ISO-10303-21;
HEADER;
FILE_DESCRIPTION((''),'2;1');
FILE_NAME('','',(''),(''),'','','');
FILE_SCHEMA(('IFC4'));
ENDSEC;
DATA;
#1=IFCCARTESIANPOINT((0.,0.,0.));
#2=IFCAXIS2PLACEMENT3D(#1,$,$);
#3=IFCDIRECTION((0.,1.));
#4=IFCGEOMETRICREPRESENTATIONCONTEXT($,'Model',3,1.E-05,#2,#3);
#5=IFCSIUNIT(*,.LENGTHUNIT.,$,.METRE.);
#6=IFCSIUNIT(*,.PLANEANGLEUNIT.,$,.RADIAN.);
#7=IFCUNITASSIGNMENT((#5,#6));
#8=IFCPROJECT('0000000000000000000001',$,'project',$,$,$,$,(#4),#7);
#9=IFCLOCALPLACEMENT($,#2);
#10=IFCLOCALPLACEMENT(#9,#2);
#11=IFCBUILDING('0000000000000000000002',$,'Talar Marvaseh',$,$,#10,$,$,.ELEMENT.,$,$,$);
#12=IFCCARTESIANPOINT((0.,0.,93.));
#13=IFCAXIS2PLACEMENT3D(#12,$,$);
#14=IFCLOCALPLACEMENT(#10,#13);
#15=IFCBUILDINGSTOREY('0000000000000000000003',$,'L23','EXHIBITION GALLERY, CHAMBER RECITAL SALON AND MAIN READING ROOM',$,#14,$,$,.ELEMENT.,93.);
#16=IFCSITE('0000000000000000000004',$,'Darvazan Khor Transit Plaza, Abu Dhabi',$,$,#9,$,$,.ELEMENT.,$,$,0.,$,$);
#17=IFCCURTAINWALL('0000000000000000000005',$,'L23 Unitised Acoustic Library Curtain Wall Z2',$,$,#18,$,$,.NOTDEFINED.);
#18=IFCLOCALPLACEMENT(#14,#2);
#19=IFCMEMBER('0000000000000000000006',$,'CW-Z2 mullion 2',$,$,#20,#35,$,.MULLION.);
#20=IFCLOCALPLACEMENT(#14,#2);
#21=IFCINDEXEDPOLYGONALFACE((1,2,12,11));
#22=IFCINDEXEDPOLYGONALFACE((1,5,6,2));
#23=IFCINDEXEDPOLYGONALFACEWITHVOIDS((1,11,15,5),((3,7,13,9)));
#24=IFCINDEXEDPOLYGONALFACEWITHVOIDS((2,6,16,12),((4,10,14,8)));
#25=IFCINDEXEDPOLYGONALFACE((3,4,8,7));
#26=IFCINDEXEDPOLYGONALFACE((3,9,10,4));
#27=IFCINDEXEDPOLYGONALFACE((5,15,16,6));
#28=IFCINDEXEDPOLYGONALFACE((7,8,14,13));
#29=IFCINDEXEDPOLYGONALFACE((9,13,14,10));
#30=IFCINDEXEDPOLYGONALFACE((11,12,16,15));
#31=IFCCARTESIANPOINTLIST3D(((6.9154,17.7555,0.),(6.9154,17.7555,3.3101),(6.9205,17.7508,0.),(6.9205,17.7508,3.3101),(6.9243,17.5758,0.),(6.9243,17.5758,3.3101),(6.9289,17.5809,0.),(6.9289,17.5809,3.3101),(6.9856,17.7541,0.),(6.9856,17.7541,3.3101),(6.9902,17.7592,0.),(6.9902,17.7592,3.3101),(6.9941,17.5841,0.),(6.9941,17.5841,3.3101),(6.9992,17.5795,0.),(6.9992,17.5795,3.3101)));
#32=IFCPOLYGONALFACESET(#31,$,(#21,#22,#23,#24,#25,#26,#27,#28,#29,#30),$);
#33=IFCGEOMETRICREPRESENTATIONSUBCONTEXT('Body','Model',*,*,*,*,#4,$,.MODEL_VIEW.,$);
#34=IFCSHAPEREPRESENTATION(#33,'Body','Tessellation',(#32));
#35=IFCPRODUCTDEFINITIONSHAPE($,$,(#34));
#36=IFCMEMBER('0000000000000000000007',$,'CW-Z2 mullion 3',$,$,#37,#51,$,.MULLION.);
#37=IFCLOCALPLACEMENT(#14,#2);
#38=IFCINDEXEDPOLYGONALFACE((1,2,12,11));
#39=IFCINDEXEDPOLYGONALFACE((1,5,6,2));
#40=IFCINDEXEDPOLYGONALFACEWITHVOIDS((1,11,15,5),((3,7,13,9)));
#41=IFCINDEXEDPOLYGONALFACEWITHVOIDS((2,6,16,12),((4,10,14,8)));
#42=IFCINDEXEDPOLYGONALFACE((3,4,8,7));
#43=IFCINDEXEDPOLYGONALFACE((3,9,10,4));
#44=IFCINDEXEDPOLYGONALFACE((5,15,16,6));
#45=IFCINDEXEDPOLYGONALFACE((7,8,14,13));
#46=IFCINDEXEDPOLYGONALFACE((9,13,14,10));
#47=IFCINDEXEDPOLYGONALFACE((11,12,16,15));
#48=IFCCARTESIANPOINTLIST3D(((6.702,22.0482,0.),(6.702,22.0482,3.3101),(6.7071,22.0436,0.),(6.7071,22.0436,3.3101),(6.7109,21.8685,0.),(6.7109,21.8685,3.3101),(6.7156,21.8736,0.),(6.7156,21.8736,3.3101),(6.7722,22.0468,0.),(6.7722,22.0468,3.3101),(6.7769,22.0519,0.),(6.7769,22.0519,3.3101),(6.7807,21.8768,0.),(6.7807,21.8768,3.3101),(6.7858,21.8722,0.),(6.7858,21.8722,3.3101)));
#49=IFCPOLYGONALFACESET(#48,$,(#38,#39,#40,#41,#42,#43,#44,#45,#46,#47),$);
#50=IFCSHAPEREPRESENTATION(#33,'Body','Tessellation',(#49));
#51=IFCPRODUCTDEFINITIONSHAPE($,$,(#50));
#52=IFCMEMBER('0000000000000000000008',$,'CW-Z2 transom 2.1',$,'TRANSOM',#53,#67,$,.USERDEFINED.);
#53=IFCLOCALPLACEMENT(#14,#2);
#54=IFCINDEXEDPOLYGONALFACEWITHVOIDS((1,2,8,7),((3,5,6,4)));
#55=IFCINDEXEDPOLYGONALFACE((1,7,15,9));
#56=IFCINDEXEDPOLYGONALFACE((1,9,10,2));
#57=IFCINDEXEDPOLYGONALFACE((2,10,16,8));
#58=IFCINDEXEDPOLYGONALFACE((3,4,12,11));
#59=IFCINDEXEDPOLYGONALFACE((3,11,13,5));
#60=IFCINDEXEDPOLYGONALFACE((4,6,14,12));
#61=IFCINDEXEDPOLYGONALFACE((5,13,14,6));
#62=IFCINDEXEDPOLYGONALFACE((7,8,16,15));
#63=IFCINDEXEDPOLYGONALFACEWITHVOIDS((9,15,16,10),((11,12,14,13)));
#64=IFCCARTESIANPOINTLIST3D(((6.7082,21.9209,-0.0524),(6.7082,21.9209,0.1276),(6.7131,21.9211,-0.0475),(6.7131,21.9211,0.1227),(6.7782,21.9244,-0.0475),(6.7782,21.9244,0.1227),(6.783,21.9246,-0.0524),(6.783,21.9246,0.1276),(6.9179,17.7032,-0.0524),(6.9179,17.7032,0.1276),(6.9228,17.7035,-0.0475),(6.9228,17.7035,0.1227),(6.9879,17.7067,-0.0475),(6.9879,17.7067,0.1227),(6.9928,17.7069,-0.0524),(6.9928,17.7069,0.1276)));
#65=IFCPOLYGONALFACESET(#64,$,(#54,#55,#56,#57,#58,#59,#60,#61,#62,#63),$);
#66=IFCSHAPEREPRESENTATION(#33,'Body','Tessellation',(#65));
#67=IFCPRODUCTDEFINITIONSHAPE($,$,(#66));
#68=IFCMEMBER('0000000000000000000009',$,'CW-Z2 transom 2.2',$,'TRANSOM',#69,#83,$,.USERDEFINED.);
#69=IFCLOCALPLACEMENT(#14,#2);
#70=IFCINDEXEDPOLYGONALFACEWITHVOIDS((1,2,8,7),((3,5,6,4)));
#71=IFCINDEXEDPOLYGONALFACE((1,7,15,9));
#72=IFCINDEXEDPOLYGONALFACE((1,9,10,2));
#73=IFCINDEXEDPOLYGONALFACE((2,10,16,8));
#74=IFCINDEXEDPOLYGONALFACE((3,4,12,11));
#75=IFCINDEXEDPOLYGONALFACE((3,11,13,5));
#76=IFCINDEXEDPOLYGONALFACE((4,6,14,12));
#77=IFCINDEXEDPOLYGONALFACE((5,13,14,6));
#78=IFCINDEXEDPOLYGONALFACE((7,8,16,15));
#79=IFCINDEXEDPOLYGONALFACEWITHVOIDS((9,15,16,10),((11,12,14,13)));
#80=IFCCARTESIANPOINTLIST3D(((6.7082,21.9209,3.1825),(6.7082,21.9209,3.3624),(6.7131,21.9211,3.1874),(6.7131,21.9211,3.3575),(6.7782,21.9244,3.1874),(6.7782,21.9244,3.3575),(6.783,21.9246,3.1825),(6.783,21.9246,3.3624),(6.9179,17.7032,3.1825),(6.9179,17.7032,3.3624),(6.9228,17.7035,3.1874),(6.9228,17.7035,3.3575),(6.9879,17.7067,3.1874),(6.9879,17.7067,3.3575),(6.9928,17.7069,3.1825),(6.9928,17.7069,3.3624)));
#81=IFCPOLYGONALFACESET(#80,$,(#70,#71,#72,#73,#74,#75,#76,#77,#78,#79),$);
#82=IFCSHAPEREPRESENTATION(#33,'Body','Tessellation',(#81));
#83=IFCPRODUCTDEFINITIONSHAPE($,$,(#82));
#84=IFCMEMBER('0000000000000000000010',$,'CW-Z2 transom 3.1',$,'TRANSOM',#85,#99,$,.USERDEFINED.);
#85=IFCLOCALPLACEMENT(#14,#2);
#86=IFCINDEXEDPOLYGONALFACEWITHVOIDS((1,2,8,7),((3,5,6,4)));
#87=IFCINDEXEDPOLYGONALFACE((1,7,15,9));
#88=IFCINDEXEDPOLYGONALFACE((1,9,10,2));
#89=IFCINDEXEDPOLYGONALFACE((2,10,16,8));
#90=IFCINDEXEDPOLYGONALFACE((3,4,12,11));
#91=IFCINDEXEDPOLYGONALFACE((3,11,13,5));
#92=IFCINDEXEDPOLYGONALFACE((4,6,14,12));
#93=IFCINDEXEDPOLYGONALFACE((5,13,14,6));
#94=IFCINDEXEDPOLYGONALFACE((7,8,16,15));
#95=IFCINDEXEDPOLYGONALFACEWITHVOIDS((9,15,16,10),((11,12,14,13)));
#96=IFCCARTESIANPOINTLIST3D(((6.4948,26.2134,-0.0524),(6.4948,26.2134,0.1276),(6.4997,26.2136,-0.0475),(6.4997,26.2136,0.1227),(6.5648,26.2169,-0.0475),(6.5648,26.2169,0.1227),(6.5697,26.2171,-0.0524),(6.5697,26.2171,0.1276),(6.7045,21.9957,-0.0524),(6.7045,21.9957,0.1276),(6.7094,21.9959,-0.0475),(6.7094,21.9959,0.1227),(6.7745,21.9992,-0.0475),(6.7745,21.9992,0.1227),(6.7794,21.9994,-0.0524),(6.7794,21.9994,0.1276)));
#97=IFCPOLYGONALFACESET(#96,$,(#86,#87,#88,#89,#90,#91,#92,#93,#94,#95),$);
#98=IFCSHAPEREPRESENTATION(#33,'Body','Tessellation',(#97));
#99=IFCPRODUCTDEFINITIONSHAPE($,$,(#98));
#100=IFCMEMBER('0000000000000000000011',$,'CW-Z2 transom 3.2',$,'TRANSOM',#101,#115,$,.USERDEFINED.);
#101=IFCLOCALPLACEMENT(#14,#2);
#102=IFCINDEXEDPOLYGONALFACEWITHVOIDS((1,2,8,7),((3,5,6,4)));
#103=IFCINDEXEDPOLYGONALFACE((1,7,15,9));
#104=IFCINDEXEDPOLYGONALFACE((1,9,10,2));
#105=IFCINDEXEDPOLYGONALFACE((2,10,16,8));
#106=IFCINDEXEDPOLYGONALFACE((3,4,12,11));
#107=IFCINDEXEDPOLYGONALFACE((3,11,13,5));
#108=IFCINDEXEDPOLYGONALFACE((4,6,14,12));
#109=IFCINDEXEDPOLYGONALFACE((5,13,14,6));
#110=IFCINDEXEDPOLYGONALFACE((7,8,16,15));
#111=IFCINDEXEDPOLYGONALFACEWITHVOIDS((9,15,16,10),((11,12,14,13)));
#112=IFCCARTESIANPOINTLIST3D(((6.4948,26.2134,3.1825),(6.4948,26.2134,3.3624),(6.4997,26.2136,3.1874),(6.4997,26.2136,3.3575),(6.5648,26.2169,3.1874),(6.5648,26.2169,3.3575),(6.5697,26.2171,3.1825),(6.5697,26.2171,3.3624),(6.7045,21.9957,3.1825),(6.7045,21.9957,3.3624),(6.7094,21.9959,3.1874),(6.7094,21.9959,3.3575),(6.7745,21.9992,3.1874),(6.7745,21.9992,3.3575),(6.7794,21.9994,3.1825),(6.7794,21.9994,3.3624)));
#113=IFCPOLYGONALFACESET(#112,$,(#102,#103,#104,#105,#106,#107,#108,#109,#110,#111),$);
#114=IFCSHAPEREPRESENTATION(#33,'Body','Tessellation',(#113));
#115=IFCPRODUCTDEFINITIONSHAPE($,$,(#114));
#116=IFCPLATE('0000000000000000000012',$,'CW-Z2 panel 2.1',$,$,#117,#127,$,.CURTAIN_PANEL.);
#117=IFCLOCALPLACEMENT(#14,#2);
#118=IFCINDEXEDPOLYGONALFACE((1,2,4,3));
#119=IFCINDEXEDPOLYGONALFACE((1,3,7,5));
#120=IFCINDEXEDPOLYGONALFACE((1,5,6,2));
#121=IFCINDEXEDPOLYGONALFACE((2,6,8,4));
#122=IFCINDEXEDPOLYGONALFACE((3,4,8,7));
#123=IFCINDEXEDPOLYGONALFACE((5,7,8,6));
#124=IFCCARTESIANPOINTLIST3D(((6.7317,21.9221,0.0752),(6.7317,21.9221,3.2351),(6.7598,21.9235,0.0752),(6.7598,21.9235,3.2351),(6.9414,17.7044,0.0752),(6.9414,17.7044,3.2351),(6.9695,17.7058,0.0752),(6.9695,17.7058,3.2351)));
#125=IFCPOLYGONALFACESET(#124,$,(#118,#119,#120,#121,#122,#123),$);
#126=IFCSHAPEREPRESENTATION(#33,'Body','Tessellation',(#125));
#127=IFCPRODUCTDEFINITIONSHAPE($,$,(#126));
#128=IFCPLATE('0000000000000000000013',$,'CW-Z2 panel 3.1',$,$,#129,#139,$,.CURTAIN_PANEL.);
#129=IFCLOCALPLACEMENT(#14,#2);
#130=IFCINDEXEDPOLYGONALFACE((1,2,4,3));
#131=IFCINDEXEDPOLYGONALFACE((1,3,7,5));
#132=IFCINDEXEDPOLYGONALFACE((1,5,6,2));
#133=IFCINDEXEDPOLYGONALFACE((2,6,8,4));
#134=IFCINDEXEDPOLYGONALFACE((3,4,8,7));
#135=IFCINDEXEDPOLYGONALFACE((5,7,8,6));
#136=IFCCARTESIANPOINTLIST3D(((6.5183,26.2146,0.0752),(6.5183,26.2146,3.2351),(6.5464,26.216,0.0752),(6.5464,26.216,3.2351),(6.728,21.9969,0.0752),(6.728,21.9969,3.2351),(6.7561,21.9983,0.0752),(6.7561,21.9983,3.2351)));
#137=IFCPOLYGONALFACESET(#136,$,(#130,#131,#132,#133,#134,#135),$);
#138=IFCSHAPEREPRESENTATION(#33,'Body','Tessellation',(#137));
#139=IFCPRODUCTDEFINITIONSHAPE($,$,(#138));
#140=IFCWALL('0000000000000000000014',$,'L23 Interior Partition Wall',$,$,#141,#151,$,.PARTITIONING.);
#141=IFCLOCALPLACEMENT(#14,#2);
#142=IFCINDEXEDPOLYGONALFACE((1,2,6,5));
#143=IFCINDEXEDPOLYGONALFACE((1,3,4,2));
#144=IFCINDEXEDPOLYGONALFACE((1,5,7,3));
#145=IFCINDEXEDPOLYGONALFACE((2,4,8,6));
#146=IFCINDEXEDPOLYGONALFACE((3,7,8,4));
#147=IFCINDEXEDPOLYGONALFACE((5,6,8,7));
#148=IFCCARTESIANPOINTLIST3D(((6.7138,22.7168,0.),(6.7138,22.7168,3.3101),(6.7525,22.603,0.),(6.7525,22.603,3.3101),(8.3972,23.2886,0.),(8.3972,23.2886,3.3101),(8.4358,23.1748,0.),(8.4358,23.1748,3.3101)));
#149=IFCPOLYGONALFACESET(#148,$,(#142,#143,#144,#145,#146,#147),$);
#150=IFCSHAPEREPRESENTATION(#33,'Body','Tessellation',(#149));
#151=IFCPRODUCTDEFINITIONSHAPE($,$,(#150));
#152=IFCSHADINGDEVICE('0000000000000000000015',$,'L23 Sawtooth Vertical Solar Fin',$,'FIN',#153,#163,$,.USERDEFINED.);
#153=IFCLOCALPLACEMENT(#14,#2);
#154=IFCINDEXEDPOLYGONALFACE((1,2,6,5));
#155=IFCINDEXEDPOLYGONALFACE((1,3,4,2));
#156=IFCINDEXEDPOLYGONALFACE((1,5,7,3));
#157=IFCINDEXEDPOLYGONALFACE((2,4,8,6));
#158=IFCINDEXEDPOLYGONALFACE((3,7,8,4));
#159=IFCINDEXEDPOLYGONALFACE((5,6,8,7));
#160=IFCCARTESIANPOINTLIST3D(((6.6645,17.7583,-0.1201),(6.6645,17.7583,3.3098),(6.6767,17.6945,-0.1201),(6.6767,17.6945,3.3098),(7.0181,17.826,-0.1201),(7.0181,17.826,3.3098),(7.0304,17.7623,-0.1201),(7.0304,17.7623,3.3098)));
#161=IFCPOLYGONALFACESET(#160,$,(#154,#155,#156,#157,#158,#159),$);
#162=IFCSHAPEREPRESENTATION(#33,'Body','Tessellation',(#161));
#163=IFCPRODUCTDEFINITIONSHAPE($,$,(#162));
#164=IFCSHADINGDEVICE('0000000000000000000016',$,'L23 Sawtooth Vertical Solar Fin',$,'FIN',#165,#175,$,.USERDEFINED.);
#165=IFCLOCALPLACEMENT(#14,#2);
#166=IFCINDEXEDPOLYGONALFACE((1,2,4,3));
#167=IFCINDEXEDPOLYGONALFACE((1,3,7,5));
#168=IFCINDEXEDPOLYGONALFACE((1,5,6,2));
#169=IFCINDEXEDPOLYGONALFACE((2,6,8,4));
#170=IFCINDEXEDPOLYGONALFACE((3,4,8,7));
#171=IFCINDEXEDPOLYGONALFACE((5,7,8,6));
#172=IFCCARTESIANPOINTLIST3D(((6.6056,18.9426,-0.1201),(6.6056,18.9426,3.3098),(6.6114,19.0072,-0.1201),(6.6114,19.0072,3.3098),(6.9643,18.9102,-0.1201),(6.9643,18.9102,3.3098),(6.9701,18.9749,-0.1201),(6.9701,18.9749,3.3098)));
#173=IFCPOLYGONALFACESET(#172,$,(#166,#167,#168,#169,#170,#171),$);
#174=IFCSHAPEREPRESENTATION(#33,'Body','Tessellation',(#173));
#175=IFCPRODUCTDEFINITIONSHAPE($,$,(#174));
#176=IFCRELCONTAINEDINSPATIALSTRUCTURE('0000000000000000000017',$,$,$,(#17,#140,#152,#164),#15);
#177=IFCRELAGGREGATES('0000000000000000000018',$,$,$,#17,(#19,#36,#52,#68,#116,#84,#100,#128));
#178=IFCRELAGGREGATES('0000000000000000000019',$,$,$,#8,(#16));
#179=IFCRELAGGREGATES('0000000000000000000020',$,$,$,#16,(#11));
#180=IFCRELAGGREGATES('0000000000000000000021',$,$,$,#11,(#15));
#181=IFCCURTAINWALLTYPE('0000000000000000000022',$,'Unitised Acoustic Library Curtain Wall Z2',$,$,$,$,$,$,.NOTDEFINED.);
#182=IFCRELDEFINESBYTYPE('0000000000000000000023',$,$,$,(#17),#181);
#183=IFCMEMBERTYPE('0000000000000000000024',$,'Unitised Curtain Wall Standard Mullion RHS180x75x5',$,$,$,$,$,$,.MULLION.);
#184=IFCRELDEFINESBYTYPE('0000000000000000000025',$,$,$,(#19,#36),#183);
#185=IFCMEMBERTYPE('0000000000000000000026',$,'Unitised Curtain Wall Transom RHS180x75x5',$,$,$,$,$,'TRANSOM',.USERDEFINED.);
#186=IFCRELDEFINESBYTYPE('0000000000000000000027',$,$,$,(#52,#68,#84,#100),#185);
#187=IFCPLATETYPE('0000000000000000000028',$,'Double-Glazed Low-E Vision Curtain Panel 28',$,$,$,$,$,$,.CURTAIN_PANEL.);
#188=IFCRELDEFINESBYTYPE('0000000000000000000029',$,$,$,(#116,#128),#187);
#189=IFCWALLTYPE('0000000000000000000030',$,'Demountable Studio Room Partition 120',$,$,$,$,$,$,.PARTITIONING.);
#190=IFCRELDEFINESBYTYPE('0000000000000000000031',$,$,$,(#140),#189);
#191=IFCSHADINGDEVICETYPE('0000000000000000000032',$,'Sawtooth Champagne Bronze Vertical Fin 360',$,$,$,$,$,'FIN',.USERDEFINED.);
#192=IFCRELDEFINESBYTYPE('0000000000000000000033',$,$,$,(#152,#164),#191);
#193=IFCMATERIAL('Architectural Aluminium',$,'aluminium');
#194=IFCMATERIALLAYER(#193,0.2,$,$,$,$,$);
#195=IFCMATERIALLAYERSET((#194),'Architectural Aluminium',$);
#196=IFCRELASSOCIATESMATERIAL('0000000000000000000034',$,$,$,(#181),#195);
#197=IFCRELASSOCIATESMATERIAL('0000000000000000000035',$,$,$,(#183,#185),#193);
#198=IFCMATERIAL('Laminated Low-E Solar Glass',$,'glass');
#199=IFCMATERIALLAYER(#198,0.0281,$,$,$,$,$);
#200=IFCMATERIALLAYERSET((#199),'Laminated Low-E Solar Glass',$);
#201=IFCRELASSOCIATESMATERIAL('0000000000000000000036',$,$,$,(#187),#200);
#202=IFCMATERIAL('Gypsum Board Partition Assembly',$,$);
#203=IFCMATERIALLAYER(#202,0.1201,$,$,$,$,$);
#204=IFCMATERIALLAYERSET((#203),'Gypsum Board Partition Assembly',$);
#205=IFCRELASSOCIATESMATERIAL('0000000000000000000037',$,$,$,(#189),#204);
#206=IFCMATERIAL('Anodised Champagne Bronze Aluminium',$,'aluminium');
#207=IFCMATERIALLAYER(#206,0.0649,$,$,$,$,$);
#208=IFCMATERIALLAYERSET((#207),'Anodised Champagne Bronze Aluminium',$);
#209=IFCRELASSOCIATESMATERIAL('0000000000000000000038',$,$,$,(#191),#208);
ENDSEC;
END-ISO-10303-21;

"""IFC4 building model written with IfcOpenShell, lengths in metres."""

from ifc_helpers import new_model, si_unit, direction, frame, frame_2d, origin, origin_2d, place, context, subcontext, project, spatial, rectangle, hollow_rectangle, extrude, source, transform, mapped, material, layer, layer_set, material_profile, profile_set, type_object, type_shapes, element, aggregate, save


model = new_model("IFC4")

# Units and contexts
model_context = context("Model", 3, precision=1e-05, world=origin(), true_north=direction((0.0, 1.0)))
body_context = subcontext(model_context, "Body", "Model", "MODEL_VIEW")
ifc_project = project(units=[si_unit("LENGTHUNIT", "METRE"), si_unit("PLANEANGLEUNIT", "RADIAN")], contexts=[model_context])

# Site, building, storey
site_placement = place(None, origin())
site = spatial("IfcSite", under=ifc_project, at=site_placement, Name="Darvazan Khor Transit Plaza, Abu Dhabi", CompositionType="ELEMENT", RefElevation=0.0)
building_placement = place(site_placement, origin())
building = spatial("IfcBuilding", under=site, at=building_placement, Name="Talar Marvaseh", CompositionType="ELEMENT")
storey_placement = place(building_placement, frame((0.0, 0.0, 93.0)))
storey = spatial("IfcBuildingStorey", under=building, at=storey_placement, Name="L23", Description="EXHIBITION GALLERY, CHAMBER RECITAL SALON AND MAIN READING ROOM", CompositionType="ELEMENT", Elevation=93.0)

# Curtain wall, members, plates
ifc_material_1 = material(Name="Architectural Aluminium", Category="aluminium")
ifc_layer_1 = layer(ifc_material_1, 0.2)
ifc_layer_set_1 = layer_set([ifc_layer_1], Name="Architectural Aluminium")
curtain_wall_type = type_object("IfcCurtainWallType", Name="Unitised Acoustic Library Curtain Wall Z2", PredefinedType="NOTDEFINED", material=ifc_layer_set_1)
curtain_wall_placement = place(storey_placement, origin())
curtain_wall = element("IfcCurtainWall", 1, at=curtain_wall_placement, inside=storey, type_object=curtain_wall_type, Name="L23 Unitised Acoustic Library Curtain Wall Z2", PredefinedType="NOTDEFINED")
ifc_material_profile_1 = material_profile(ifc_material_1, hollow_rectangle(XDim=0.075, YDim=0.1799, WallThickness=0.0049, at=origin_2d()), Name="RHS180x75x5")
ifc_profile_set_1 = profile_set([ifc_material_profile_1], Name="Architectural Aluminium")
member_type_1 = type_object("IfcMemberType", Name="Unitised Curtain Wall Standard Mullion RHS180x75x5", PredefinedType="MULLION", material=ifc_profile_set_1)
shared_shape_1 = source(origin(), body_context, "Body", "SweptSolid", [
    extrude(hollow_rectangle(XDim=0.075, YDim=0.1799, WallThickness=0.0049, at=origin_2d()), origin(), (0.0, 0.0, 1.0), 3.3101),
])
type_shapes(member_type_1, [shared_shape_1])
member_1_placement = place(storey_placement, frame((6.9573, 17.6675, 0.0), z_axis=(0.0, 0.0, 1.0), x_axis=(-0.998766, -0.049658, 0.0)))
member_1 = element("IfcMember", 2, at=member_1_placement, type_object=member_type_1, Name="CW-Z2 mullion 2", PredefinedType="MULLION", context=body_context, shape_type="MappedRepresentation", body=[
    mapped(shared_shape_1, transform((0.0, 0.0, 0.0), x_axis=(1.0, 0.0, 0.0), y_axis=(0.0, 1.0, 0.0), z_axis=(0.0, 0.0, 1.0), scale=1.0)),
])
member_2_placement = place(storey_placement, frame((6.7439, 21.9602, 0.0), z_axis=(0.0, 0.0, 1.0), x_axis=(-0.998766, -0.049658, 0.0)))
member_2 = element("IfcMember", 3, at=member_2_placement, type_object=member_type_1, Name="CW-Z2 mullion 3", PredefinedType="MULLION", context=body_context, shape_type="MappedRepresentation", body=[
    mapped(shared_shape_1, transform((0.0, 0.0, 0.0), x_axis=(1.0, 0.0, 0.0), y_axis=(0.0, 1.0, 0.0), z_axis=(0.0, 0.0, 1.0), scale=1.0)),
])
ifc_material_profile_2 = material_profile(ifc_material_1, hollow_rectangle(XDim=0.075, YDim=0.1799, WallThickness=0.0049, at=origin_2d()), Name="RHS180x75x5")
ifc_profile_set_2 = profile_set([ifc_material_profile_2], Name="Architectural Aluminium")
member_type_2 = type_object("IfcMemberType", Name="Unitised Curtain Wall Transom RHS180x75x5", ElementType="TRANSOM", PredefinedType="USERDEFINED", material=ifc_profile_set_2)
shared_shape_2 = source(origin(), body_context, "Body", "SweptSolid", [
    extrude(hollow_rectangle(XDim=0.075, YDim=0.1799, WallThickness=0.0049, at=origin_2d()), origin(), (0.0, 0.0, 1.0), 4.2229),
])
type_shapes(member_type_2, [shared_shape_2])
member_3_placement = place(storey_placement, frame((6.9553, 17.7051, 0.0376), z_axis=(-0.049661, 0.998766, 0.0), x_axis=(-0.998766, -0.049661, 0.0)))
member_3 = element("IfcMember", 4, at=member_3_placement, type_object=member_type_2, Name="CW-Z2 transom 2.1", ObjectType="TRANSOM", PredefinedType="USERDEFINED", context=body_context, shape_type="MappedRepresentation", body=[
    mapped(shared_shape_2, transform((0.0, 0.0, 0.0), x_axis=(1.0, 0.0, 0.0), y_axis=(0.0, 1.0, 0.0), z_axis=(0.0, 0.0, 1.0), scale=1.0)),
])
member_4_placement = place(storey_placement, frame((6.9553, 17.7051, 3.2725), z_axis=(-0.049661, 0.998766, 0.0), x_axis=(-0.998766, -0.049661, 0.0)))
member_4 = element("IfcMember", 5, at=member_4_placement, type_object=member_type_2, Name="CW-Z2 transom 2.2", ObjectType="TRANSOM", PredefinedType="USERDEFINED", context=body_context, shape_type="MappedRepresentation", body=[
    mapped(shared_shape_2, transform((0.0, 0.0, 0.0), x_axis=(1.0, 0.0, 0.0), y_axis=(0.0, 1.0, 0.0), z_axis=(0.0, 0.0, 1.0), scale=1.0)),
])
member_5_placement = place(storey_placement, frame((6.7419, 21.9976, 0.0376), z_axis=(-0.049661, 0.998766, 0.0), x_axis=(-0.998766, -0.049661, 0.0)))
member_5 = element("IfcMember", 6, at=member_5_placement, type_object=member_type_2, Name="CW-Z2 transom 3.1", ObjectType="TRANSOM", PredefinedType="USERDEFINED", context=body_context, shape_type="MappedRepresentation", body=[
    mapped(shared_shape_2, transform((0.0, 0.0, 0.0), x_axis=(1.0, 0.0, 0.0), y_axis=(0.0, 1.0, 0.0), z_axis=(0.0, 0.0, 1.0), scale=1.0)),
])
member_6_placement = place(storey_placement, frame((6.7419, 21.9976, 3.2725), z_axis=(-0.049661, 0.998766, 0.0), x_axis=(-0.998766, -0.049661, 0.0)))
member_6 = element("IfcMember", 7, at=member_6_placement, type_object=member_type_2, Name="CW-Z2 transom 3.2", ObjectType="TRANSOM", PredefinedType="USERDEFINED", context=body_context, shape_type="MappedRepresentation", body=[
    mapped(shared_shape_2, transform((0.0, 0.0, 0.0), x_axis=(1.0, 0.0, 0.0), y_axis=(0.0, 1.0, 0.0), z_axis=(0.0, 0.0, 1.0), scale=1.0)),
])
ifc_material_2 = material(Name="Laminated Low-E Solar Glass", Category="glass")
ifc_layer_2 = layer(ifc_material_2, 0.0281)
ifc_layer_set_2 = layer_set([ifc_layer_2], Name="Laminated Low-E Solar Glass")
plate_type = type_object("IfcPlateType", Name="Double-Glazed Low-E Vision Curtain Panel 28", PredefinedType="CURTAIN_PANEL", material=ifc_layer_set_2)
shared_shape_3 = source(origin(), body_context, "Body", "SweptSolid", [
    extrude(rectangle(XDim=4.2229, YDim=0.0281, at=origin_2d()), origin(), (0.0, 0.0, 1.0), 3.1599),
])
type_shapes(plate_type, [shared_shape_3])
plate_1_placement = place(storey_placement, frame((6.8506, 19.814, 0.0752), z_axis=(0.0, 0.0, 1.0), x_axis=(-0.049658, 0.998766, 0.0)))
plate_1 = element("IfcPlate", 8, at=plate_1_placement, type_object=plate_type, Name="CW-Z2 panel 2.1", PredefinedType="CURTAIN_PANEL", context=body_context, shape_type="MappedRepresentation", body=[
    mapped(shared_shape_3, transform((0.0, 0.0, 0.0), x_axis=(1.0, 0.0, 0.0), y_axis=(0.0, 1.0, 0.0), z_axis=(0.0, 0.0, 1.0), scale=1.0)),
])
plate_2_placement = place(storey_placement, frame((6.6372, 24.1064, 0.0752), z_axis=(0.0, 0.0, 1.0), x_axis=(-0.049658, 0.998766, 0.0)))
plate_2 = element("IfcPlate", 9, at=plate_2_placement, type_object=plate_type, Name="CW-Z2 panel 3.1", PredefinedType="CURTAIN_PANEL", context=body_context, shape_type="MappedRepresentation", body=[
    mapped(shared_shape_3, transform((0.0, 0.0, 0.0), x_axis=(1.0, 0.0, 0.0), y_axis=(0.0, 1.0, 0.0), z_axis=(0.0, 0.0, 1.0), scale=1.0)),
])
aggregate(curtain_wall, [member_1, member_2, member_3, member_4, plate_1, member_5, member_6, plate_2])

# Wall
ifc_material_3 = material(Name="Gypsum Board Partition Assembly")
ifc_layer_3 = layer(ifc_material_3, 0.1201)
ifc_layer_set_3 = layer_set([ifc_layer_3], Name="Gypsum Board Partition Assembly")
wall_type = type_object("IfcWallType", Name="Demountable Studio Room Partition 120", PredefinedType="PARTITIONING", material=ifc_layer_set_3)
wall_placement = place(storey_placement, frame((6.7332, 22.6599, 0.0), z_axis=(0.0, 0.0, 1.0), x_axis=(0.946869, 0.32162, 0.0)))
element("IfcWall", 10, at=wall_placement, inside=storey, type_object=wall_type, Name="L23 Interior Partition Wall", PredefinedType="PARTITIONING", context=body_context, shape_type="SweptSolid", body=[
    extrude(rectangle(XDim=1.7778, YDim=0.1201, at=frame_2d((0.8889, 0.0))), origin(), (0.0, 0.0, 1.0), 3.3101),
])

# Shading devices
ifc_material_4 = material(Name="Anodised Champagne Bronze Aluminium", Category="aluminium")
ifc_layer_4 = layer(ifc_material_4, 0.0649)
ifc_layer_set_4 = layer_set([ifc_layer_4], Name="Anodised Champagne Bronze Aluminium")
shading_device_type_1 = type_object("IfcShadingDeviceType", Name="Sawtooth Champagne Bronze Vertical Fin 360", ElementType="FIN", PredefinedType="USERDEFINED", material=ifc_layer_set_4)
shared_shape_4 = source(origin(), body_context, "Body", "SweptSolid", [
    extrude(rectangle(XDim=0.3601, YDim=0.0649, at=origin_2d()), origin(), (0.0, 0.0, 1.0), 3.4299),
])
type_shapes(shading_device_type_1, [shared_shape_4])
for number, where, z_axis, x_axis, name in (
    (11, (6.8474, 17.7603, -0.1201), (0.0, 0.0, 1.0), (-0.982123, -0.188238, 0.0), "L23 Sawtooth Vertical Solar Fin"),
    (12, (6.7878, 18.9587, -0.1201), (0.0, 0.0, 1.0), (-0.995963, 0.089763, 0.0), "L23 Sawtooth Vertical Solar Fin"),
):
    element("IfcShadingDevice", number, at=place(storey_placement, frame(where, z_axis=z_axis, x_axis=x_axis)), inside=storey, type_object=shading_device_type_1, Name=name, ObjectType="FIN", PredefinedType="USERDEFINED", context=body_context, shape_type="MappedRepresentation", body=[
        mapped(shared_shape_4, transform((0.0, 0.0, 0.0), x_axis=(1.0, 0.0, 0.0), y_axis=(0.0, 1.0, 0.0), z_axis=(0.0, 0.0, 1.0), scale=1.0)),
    ])

save(model, "model.ifc")
